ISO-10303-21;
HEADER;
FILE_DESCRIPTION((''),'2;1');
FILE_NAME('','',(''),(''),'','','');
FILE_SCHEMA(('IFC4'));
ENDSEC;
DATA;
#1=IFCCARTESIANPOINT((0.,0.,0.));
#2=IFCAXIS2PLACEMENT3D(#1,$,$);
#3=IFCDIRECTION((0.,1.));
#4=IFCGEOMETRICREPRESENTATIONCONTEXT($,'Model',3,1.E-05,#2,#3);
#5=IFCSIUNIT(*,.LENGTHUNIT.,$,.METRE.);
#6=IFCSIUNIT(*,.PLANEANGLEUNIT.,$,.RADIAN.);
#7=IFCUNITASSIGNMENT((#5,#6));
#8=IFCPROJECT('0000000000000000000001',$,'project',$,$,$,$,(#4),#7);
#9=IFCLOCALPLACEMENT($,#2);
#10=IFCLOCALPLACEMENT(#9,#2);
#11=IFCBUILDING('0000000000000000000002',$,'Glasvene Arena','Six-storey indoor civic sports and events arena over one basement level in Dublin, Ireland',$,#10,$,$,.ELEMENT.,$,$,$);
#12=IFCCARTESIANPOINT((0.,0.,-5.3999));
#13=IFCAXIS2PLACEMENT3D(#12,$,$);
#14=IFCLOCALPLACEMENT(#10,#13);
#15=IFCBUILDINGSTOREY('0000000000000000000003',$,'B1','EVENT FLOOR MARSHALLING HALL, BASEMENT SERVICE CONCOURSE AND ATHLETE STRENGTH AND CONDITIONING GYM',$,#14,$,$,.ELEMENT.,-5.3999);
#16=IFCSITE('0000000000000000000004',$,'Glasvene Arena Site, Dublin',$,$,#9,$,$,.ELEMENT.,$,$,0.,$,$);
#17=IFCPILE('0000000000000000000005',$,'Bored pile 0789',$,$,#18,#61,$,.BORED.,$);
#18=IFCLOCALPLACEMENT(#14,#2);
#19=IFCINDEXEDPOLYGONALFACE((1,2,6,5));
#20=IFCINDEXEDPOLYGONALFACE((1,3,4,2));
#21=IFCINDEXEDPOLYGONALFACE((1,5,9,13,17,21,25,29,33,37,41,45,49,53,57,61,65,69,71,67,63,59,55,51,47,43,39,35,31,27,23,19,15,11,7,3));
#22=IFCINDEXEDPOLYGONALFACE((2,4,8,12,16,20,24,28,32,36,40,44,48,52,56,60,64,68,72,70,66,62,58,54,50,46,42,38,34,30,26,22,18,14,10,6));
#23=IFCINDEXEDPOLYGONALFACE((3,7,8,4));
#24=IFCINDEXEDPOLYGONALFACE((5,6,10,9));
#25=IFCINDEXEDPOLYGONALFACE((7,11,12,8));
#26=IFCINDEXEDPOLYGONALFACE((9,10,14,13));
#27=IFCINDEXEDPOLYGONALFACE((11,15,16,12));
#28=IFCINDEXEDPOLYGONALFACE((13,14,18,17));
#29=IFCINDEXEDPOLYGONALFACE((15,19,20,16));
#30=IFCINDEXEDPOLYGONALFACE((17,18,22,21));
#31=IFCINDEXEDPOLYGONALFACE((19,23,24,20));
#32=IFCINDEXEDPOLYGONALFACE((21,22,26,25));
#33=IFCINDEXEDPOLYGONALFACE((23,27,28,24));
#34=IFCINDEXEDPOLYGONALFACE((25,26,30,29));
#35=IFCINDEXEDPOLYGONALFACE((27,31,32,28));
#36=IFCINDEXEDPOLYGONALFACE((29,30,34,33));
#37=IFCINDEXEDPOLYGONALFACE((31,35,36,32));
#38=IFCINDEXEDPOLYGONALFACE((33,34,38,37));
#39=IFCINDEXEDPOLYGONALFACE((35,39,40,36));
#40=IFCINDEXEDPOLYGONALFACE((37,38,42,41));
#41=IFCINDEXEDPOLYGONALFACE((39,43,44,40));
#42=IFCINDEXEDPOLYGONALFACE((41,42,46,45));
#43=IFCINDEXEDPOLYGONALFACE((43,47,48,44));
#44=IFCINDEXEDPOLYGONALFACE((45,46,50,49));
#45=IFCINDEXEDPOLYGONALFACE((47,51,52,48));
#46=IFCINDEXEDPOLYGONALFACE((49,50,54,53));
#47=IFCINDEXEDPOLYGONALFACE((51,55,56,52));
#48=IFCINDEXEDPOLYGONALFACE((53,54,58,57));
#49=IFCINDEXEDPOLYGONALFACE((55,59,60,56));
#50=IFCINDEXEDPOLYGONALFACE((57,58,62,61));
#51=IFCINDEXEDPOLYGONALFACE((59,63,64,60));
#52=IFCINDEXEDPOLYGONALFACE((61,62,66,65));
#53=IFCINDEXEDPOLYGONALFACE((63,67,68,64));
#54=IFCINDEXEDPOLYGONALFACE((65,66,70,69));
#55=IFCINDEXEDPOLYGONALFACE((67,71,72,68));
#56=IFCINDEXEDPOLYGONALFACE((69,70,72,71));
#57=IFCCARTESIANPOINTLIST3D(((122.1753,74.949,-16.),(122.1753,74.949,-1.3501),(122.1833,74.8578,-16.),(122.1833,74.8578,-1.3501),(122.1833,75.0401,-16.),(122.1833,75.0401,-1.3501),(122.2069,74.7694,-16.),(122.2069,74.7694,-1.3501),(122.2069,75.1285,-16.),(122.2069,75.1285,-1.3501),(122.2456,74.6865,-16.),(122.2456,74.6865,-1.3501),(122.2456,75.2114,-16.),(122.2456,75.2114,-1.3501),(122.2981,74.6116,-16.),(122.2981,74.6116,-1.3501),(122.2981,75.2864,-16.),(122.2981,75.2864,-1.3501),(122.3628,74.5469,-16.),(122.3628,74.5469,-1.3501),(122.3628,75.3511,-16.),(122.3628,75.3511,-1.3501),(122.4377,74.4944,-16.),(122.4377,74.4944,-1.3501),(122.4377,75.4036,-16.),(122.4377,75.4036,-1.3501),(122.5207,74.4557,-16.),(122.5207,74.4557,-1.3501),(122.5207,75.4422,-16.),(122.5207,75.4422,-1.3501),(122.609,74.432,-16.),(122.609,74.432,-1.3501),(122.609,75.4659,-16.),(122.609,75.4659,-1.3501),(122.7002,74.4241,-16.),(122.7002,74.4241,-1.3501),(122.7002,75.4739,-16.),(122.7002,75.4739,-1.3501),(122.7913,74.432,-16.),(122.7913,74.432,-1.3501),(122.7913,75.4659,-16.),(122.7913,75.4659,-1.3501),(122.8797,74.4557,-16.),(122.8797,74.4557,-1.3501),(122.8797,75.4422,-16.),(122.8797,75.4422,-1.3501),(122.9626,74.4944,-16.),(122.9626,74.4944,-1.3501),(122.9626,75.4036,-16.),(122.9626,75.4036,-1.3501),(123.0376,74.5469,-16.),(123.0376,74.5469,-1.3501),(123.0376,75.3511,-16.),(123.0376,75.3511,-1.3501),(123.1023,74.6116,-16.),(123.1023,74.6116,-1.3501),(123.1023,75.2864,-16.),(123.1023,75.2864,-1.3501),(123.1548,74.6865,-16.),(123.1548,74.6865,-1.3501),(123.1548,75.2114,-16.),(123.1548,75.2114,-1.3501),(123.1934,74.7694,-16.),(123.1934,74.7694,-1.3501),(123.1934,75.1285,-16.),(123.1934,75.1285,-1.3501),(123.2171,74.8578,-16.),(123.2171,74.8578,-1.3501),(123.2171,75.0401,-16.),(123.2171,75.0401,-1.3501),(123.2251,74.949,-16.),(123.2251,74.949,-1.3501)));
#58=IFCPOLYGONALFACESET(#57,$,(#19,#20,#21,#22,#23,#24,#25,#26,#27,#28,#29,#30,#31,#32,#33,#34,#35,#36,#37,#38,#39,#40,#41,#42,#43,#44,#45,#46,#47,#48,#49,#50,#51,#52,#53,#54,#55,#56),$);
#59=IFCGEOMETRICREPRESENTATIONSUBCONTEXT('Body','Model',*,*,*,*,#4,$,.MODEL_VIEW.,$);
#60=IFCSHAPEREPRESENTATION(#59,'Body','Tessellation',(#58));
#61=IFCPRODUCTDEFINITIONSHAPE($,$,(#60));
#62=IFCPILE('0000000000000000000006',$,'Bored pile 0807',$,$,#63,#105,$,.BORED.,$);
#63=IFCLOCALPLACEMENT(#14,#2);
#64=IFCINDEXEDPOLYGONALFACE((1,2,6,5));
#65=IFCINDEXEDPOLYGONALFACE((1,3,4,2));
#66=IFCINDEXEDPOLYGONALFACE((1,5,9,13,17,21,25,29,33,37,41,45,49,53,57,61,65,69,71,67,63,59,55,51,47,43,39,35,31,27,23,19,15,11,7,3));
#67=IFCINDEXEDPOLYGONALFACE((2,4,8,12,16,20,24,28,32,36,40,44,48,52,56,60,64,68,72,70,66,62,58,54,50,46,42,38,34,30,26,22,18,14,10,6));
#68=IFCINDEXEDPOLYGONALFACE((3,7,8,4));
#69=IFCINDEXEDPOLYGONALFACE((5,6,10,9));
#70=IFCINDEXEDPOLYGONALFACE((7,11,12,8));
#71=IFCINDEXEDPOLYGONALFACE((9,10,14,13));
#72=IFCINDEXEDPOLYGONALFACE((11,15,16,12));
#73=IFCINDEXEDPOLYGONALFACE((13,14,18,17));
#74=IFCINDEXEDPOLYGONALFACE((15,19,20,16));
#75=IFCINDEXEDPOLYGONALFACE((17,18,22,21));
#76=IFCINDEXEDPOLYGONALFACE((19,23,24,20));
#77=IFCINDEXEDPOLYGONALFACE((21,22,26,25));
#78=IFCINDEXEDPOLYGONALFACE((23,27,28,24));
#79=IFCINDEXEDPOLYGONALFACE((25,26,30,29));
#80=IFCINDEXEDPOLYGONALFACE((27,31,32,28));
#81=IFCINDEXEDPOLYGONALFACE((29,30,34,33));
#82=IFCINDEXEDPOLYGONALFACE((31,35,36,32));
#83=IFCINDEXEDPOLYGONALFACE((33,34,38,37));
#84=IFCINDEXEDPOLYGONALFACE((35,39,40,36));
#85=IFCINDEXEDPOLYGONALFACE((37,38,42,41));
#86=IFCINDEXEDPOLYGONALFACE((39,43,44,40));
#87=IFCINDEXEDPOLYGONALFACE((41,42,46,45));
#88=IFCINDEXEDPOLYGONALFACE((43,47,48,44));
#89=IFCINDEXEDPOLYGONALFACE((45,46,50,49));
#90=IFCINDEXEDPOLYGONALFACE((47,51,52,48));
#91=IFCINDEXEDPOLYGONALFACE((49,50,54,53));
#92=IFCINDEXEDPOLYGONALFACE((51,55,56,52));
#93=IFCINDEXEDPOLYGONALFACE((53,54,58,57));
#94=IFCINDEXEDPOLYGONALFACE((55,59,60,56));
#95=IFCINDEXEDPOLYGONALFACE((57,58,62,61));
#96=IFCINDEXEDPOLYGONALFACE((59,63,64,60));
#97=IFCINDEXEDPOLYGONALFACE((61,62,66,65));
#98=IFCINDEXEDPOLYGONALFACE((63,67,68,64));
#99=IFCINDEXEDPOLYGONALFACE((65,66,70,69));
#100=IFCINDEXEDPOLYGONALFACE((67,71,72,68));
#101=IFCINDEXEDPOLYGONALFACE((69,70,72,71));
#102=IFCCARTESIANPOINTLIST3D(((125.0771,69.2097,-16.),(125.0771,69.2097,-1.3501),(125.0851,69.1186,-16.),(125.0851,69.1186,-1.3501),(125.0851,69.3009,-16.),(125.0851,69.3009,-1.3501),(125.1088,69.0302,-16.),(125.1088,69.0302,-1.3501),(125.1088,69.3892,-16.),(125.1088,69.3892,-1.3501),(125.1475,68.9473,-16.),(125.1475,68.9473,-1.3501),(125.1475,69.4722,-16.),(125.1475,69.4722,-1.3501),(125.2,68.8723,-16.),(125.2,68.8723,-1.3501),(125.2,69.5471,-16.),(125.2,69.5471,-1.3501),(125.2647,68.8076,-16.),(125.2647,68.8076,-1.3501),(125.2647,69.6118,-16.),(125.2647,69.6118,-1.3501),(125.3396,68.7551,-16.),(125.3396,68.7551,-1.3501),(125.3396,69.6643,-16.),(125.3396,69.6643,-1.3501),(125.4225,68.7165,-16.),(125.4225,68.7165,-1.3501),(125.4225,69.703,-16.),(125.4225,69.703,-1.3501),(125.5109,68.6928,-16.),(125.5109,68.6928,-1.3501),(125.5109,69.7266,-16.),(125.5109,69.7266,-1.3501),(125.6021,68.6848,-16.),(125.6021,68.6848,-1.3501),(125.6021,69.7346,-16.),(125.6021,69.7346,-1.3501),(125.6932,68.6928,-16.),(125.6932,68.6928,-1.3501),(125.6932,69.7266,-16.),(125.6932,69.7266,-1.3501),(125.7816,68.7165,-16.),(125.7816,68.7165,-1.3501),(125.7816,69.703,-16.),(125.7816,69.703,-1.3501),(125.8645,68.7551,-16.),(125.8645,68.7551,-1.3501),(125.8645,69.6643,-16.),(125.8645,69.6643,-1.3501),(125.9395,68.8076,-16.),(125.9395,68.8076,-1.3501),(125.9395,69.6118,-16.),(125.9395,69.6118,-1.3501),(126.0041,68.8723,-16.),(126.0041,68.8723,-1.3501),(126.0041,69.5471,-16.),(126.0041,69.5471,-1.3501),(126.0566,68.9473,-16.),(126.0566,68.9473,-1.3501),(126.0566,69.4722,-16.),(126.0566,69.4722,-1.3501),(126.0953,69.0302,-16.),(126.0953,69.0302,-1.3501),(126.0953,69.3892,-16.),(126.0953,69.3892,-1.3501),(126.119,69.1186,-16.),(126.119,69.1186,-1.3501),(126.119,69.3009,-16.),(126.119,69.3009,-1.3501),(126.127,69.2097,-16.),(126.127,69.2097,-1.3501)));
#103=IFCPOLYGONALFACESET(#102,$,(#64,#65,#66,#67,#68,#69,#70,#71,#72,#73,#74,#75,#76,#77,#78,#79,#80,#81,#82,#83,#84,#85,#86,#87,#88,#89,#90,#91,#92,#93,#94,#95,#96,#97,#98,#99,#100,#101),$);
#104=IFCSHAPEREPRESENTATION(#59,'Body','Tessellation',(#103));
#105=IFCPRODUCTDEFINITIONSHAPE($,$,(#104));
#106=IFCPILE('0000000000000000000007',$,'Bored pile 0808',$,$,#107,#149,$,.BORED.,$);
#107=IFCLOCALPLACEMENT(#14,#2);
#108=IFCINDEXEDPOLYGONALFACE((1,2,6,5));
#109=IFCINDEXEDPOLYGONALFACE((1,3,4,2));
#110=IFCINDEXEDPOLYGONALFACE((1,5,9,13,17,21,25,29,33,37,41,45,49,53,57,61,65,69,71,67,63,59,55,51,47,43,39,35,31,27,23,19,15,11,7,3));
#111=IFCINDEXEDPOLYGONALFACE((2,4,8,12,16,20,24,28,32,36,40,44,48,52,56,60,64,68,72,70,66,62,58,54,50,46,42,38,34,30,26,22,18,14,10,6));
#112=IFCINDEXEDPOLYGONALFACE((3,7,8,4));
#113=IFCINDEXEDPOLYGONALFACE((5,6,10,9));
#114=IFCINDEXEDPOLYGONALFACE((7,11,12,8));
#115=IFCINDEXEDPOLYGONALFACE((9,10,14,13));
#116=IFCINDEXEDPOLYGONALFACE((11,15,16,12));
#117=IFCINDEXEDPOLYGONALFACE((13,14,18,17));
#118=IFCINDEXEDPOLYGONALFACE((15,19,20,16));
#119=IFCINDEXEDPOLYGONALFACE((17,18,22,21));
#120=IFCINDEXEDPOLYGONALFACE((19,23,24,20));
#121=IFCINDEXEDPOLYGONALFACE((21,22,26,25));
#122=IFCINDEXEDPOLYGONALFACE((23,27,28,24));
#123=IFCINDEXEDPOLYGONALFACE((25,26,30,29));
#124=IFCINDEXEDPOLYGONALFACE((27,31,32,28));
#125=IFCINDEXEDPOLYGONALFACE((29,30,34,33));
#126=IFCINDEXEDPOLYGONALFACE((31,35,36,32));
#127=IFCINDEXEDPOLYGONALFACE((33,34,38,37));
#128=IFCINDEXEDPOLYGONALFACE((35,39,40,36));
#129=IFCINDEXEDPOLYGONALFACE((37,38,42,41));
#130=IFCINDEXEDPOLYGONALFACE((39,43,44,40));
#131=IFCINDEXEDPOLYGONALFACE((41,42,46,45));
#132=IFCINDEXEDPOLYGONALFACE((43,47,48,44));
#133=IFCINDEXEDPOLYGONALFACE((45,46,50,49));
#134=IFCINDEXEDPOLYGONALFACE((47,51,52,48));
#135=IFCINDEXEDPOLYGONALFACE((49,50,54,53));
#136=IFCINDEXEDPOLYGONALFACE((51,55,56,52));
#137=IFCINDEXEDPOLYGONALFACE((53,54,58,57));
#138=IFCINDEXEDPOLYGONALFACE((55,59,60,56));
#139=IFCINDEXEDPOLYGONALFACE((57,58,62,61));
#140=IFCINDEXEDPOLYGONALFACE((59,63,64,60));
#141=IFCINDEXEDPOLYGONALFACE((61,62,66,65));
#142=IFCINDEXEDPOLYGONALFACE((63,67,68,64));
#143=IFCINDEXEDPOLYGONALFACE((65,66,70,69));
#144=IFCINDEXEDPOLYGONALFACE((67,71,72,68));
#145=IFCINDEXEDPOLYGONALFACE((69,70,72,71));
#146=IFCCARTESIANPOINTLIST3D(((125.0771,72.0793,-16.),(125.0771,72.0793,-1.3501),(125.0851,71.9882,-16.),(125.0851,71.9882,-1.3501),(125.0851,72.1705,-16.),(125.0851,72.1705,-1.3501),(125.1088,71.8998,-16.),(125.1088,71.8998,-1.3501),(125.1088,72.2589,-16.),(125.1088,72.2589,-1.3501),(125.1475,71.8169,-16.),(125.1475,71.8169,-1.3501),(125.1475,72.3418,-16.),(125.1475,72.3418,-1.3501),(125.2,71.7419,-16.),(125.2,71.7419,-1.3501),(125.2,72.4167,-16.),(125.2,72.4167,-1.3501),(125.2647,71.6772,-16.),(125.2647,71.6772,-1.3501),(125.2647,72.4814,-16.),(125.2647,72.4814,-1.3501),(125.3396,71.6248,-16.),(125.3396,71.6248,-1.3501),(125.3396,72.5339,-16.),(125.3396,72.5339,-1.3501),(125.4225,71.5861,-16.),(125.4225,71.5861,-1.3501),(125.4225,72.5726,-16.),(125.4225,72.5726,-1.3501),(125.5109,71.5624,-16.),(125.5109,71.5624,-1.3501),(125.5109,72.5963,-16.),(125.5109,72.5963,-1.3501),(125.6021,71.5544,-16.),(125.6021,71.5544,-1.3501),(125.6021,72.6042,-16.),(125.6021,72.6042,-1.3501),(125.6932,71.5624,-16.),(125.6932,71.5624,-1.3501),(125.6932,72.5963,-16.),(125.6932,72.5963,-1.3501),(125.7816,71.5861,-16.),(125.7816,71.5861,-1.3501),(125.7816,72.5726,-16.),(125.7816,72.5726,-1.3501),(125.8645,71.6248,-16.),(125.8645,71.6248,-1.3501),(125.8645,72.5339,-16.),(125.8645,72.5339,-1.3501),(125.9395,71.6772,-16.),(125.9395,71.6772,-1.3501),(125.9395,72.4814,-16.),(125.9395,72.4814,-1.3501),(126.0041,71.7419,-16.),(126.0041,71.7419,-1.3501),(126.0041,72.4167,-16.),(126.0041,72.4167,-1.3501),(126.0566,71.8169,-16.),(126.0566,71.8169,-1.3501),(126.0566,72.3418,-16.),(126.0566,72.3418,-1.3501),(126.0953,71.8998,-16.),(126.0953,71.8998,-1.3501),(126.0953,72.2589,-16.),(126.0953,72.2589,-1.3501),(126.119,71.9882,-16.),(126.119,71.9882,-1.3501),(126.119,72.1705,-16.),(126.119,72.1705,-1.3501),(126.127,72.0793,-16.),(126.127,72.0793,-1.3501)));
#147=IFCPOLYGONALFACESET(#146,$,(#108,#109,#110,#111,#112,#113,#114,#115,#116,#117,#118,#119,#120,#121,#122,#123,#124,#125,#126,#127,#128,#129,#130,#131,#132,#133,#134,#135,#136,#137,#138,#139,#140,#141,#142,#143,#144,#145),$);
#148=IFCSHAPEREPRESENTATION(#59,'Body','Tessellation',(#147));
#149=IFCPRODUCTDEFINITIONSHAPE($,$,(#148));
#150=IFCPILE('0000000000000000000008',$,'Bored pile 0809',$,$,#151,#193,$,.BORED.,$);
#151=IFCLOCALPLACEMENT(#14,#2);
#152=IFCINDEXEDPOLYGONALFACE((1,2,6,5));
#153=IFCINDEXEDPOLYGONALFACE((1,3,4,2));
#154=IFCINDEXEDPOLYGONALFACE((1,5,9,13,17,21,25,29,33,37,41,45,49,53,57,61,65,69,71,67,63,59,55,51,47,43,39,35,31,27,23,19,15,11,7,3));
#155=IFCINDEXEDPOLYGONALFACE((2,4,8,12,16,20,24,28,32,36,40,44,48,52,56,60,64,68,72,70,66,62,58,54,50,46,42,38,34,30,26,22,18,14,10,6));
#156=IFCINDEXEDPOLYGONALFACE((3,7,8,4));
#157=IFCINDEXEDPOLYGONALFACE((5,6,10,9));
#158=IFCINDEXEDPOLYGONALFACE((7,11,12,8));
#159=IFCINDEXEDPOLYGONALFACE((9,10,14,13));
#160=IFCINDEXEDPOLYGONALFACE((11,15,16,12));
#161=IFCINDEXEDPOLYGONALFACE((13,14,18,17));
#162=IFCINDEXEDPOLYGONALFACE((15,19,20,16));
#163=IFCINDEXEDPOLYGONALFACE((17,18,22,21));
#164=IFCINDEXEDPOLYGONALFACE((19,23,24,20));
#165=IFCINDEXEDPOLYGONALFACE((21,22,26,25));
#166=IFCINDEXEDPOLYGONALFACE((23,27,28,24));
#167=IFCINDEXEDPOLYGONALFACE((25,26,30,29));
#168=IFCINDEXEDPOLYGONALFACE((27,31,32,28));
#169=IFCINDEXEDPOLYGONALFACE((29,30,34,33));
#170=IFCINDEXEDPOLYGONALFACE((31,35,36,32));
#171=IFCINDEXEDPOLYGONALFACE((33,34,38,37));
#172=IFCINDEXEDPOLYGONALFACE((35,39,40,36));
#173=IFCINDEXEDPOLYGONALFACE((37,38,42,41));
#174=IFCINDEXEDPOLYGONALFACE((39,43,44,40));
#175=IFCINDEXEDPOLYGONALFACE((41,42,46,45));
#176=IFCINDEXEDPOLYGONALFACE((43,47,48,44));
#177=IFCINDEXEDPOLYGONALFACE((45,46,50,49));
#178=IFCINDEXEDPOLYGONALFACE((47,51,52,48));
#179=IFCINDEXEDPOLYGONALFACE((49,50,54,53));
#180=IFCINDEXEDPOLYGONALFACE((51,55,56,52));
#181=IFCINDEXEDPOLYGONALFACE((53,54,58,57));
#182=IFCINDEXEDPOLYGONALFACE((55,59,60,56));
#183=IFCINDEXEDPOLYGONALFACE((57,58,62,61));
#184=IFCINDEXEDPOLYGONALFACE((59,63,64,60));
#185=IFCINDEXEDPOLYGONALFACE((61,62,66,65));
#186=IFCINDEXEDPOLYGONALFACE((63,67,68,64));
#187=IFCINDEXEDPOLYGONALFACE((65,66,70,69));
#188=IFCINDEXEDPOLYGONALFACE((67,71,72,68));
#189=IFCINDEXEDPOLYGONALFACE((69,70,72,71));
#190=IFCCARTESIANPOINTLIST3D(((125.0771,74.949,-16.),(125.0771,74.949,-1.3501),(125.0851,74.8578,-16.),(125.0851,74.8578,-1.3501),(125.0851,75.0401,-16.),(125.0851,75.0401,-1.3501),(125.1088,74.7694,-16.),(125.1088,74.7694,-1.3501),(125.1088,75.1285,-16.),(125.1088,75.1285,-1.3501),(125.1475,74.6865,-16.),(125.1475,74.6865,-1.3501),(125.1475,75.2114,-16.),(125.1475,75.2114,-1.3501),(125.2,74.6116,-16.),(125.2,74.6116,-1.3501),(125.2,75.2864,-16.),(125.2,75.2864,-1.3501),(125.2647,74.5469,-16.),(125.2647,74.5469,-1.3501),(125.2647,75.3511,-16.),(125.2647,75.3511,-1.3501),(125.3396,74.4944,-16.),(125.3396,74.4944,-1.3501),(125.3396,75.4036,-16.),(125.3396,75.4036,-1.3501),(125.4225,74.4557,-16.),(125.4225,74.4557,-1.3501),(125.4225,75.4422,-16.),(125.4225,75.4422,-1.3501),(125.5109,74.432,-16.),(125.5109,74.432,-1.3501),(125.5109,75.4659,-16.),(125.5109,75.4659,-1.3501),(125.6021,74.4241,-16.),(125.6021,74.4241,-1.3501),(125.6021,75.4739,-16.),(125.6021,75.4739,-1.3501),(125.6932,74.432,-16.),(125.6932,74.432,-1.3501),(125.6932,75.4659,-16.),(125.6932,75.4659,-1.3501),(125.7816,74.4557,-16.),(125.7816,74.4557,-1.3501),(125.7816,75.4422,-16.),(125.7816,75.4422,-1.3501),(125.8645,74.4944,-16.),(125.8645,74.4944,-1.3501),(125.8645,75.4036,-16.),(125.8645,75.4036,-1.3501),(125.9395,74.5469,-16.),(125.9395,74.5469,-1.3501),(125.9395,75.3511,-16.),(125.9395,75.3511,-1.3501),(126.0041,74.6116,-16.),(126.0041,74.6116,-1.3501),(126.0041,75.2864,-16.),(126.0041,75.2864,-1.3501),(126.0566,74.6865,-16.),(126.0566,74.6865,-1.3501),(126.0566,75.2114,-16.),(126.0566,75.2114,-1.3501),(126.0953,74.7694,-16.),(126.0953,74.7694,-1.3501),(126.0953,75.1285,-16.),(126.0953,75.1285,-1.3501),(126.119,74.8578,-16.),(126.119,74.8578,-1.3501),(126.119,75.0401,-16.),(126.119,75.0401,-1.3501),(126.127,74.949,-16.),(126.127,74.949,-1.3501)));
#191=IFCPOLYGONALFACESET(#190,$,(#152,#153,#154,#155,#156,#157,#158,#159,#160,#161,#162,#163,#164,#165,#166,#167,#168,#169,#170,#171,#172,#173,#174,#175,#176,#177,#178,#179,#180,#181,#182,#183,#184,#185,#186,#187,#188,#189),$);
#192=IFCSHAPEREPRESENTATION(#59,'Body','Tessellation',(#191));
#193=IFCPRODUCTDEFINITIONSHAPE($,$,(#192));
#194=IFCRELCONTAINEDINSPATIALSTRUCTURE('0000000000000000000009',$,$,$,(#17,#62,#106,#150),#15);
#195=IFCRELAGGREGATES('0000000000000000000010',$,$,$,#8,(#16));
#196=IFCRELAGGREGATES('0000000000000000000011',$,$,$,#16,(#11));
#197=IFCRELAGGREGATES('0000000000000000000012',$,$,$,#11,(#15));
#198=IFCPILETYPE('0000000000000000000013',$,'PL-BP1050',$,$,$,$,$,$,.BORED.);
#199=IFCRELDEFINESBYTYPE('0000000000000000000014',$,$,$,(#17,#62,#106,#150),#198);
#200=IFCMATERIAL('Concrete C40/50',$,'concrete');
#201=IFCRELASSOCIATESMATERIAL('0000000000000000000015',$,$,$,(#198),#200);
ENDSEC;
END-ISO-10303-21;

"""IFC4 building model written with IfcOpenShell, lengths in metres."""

from ifc_helpers import new_model, si_unit, direction, frame, origin, origin_2d, place, context, subcontext, project, spatial, circle, extrude, material, material_profile, profile_set, type_object, element, save


model = new_model("IFC4")

# Units and contexts
model_context = context("Model", 3, precision=1e-05, world=origin(), true_north=direction((0.0, 1.0)))
body_context = subcontext(model_context, "Body", "Model", "MODEL_VIEW")
ifc_project = project(units=[si_unit("LENGTHUNIT", "METRE"), si_unit("PLANEANGLEUNIT", "RADIAN")], contexts=[model_context])

# Site, building, storey
site_placement = place(None, origin())
site = spatial("IfcSite", under=ifc_project, at=site_placement, Name="Glasvene Arena Site, Dublin", CompositionType="ELEMENT", RefElevation=0.0)
building_placement = place(site_placement, origin())
building = spatial("IfcBuilding", under=site, at=building_placement, Name="Glasvene Arena", Description="Six-storey indoor civic sports and events arena over one basement level in Dublin, Ireland", CompositionType="ELEMENT")
storey_placement = place(building_placement, frame((0.0, 0.0, -5.3999)))
storey = spatial("IfcBuildingStorey", under=building, at=storey_placement, Name="B1", Description="EVENT FLOOR MARSHALLING HALL, BASEMENT SERVICE CONCOURSE AND ATHLETE STRENGTH AND CONDITIONING GYM", CompositionType="ELEMENT", Elevation=-5.3999)

# Piles
ifc_material_1 = material(Name="Concrete C40/50", Category="concrete")
ifc_material_profile_1 = material_profile(ifc_material_1, circle(Radius=0.5249, at=origin_2d()), Name="BORED PILE 1050")
ifc_profile_set_1 = profile_set([ifc_material_profile_1], Name="Concrete C40/50")
pile_type = type_object("IfcPileType", Name="PL-BP1050", PredefinedType="BORED", material=ifc_profile_set_1)
for number, where, z_axis, x_axis, name in (
    (1, (122.7002, 74.949, -1.3501), (0.0, 0.0, -1.0), (1.0, 0.0, 0.0), "Bored pile 0789"),
    (2, (125.6021, 69.2097, -1.3501), (0.0, 0.0, -1.0), (1.0, 0.0, 0.0), "Bored pile 0807"),
    (3, (125.6021, 72.0793, -1.3501), (0.0, 0.0, -1.0), (1.0, 0.0, 0.0), "Bored pile 0808"),
    (4, (125.6021, 74.949, -1.3501), (0.0, 0.0, -1.0), (1.0, 0.0, 0.0), "Bored pile 0809"),
):
    element("IfcPile", number, at=place(storey_placement, frame(where, z_axis=z_axis, x_axis=x_axis)), inside=storey, type_object=pile_type, Name=name, PredefinedType="BORED", context=body_context, shape_type="SweptSolid", body=[
        extrude(circle(Radius=0.5249, at=origin_2d()), origin(), (0.0, 0.0, 1.0), 14.6499),
    ])

save(model, "model.ifc")
